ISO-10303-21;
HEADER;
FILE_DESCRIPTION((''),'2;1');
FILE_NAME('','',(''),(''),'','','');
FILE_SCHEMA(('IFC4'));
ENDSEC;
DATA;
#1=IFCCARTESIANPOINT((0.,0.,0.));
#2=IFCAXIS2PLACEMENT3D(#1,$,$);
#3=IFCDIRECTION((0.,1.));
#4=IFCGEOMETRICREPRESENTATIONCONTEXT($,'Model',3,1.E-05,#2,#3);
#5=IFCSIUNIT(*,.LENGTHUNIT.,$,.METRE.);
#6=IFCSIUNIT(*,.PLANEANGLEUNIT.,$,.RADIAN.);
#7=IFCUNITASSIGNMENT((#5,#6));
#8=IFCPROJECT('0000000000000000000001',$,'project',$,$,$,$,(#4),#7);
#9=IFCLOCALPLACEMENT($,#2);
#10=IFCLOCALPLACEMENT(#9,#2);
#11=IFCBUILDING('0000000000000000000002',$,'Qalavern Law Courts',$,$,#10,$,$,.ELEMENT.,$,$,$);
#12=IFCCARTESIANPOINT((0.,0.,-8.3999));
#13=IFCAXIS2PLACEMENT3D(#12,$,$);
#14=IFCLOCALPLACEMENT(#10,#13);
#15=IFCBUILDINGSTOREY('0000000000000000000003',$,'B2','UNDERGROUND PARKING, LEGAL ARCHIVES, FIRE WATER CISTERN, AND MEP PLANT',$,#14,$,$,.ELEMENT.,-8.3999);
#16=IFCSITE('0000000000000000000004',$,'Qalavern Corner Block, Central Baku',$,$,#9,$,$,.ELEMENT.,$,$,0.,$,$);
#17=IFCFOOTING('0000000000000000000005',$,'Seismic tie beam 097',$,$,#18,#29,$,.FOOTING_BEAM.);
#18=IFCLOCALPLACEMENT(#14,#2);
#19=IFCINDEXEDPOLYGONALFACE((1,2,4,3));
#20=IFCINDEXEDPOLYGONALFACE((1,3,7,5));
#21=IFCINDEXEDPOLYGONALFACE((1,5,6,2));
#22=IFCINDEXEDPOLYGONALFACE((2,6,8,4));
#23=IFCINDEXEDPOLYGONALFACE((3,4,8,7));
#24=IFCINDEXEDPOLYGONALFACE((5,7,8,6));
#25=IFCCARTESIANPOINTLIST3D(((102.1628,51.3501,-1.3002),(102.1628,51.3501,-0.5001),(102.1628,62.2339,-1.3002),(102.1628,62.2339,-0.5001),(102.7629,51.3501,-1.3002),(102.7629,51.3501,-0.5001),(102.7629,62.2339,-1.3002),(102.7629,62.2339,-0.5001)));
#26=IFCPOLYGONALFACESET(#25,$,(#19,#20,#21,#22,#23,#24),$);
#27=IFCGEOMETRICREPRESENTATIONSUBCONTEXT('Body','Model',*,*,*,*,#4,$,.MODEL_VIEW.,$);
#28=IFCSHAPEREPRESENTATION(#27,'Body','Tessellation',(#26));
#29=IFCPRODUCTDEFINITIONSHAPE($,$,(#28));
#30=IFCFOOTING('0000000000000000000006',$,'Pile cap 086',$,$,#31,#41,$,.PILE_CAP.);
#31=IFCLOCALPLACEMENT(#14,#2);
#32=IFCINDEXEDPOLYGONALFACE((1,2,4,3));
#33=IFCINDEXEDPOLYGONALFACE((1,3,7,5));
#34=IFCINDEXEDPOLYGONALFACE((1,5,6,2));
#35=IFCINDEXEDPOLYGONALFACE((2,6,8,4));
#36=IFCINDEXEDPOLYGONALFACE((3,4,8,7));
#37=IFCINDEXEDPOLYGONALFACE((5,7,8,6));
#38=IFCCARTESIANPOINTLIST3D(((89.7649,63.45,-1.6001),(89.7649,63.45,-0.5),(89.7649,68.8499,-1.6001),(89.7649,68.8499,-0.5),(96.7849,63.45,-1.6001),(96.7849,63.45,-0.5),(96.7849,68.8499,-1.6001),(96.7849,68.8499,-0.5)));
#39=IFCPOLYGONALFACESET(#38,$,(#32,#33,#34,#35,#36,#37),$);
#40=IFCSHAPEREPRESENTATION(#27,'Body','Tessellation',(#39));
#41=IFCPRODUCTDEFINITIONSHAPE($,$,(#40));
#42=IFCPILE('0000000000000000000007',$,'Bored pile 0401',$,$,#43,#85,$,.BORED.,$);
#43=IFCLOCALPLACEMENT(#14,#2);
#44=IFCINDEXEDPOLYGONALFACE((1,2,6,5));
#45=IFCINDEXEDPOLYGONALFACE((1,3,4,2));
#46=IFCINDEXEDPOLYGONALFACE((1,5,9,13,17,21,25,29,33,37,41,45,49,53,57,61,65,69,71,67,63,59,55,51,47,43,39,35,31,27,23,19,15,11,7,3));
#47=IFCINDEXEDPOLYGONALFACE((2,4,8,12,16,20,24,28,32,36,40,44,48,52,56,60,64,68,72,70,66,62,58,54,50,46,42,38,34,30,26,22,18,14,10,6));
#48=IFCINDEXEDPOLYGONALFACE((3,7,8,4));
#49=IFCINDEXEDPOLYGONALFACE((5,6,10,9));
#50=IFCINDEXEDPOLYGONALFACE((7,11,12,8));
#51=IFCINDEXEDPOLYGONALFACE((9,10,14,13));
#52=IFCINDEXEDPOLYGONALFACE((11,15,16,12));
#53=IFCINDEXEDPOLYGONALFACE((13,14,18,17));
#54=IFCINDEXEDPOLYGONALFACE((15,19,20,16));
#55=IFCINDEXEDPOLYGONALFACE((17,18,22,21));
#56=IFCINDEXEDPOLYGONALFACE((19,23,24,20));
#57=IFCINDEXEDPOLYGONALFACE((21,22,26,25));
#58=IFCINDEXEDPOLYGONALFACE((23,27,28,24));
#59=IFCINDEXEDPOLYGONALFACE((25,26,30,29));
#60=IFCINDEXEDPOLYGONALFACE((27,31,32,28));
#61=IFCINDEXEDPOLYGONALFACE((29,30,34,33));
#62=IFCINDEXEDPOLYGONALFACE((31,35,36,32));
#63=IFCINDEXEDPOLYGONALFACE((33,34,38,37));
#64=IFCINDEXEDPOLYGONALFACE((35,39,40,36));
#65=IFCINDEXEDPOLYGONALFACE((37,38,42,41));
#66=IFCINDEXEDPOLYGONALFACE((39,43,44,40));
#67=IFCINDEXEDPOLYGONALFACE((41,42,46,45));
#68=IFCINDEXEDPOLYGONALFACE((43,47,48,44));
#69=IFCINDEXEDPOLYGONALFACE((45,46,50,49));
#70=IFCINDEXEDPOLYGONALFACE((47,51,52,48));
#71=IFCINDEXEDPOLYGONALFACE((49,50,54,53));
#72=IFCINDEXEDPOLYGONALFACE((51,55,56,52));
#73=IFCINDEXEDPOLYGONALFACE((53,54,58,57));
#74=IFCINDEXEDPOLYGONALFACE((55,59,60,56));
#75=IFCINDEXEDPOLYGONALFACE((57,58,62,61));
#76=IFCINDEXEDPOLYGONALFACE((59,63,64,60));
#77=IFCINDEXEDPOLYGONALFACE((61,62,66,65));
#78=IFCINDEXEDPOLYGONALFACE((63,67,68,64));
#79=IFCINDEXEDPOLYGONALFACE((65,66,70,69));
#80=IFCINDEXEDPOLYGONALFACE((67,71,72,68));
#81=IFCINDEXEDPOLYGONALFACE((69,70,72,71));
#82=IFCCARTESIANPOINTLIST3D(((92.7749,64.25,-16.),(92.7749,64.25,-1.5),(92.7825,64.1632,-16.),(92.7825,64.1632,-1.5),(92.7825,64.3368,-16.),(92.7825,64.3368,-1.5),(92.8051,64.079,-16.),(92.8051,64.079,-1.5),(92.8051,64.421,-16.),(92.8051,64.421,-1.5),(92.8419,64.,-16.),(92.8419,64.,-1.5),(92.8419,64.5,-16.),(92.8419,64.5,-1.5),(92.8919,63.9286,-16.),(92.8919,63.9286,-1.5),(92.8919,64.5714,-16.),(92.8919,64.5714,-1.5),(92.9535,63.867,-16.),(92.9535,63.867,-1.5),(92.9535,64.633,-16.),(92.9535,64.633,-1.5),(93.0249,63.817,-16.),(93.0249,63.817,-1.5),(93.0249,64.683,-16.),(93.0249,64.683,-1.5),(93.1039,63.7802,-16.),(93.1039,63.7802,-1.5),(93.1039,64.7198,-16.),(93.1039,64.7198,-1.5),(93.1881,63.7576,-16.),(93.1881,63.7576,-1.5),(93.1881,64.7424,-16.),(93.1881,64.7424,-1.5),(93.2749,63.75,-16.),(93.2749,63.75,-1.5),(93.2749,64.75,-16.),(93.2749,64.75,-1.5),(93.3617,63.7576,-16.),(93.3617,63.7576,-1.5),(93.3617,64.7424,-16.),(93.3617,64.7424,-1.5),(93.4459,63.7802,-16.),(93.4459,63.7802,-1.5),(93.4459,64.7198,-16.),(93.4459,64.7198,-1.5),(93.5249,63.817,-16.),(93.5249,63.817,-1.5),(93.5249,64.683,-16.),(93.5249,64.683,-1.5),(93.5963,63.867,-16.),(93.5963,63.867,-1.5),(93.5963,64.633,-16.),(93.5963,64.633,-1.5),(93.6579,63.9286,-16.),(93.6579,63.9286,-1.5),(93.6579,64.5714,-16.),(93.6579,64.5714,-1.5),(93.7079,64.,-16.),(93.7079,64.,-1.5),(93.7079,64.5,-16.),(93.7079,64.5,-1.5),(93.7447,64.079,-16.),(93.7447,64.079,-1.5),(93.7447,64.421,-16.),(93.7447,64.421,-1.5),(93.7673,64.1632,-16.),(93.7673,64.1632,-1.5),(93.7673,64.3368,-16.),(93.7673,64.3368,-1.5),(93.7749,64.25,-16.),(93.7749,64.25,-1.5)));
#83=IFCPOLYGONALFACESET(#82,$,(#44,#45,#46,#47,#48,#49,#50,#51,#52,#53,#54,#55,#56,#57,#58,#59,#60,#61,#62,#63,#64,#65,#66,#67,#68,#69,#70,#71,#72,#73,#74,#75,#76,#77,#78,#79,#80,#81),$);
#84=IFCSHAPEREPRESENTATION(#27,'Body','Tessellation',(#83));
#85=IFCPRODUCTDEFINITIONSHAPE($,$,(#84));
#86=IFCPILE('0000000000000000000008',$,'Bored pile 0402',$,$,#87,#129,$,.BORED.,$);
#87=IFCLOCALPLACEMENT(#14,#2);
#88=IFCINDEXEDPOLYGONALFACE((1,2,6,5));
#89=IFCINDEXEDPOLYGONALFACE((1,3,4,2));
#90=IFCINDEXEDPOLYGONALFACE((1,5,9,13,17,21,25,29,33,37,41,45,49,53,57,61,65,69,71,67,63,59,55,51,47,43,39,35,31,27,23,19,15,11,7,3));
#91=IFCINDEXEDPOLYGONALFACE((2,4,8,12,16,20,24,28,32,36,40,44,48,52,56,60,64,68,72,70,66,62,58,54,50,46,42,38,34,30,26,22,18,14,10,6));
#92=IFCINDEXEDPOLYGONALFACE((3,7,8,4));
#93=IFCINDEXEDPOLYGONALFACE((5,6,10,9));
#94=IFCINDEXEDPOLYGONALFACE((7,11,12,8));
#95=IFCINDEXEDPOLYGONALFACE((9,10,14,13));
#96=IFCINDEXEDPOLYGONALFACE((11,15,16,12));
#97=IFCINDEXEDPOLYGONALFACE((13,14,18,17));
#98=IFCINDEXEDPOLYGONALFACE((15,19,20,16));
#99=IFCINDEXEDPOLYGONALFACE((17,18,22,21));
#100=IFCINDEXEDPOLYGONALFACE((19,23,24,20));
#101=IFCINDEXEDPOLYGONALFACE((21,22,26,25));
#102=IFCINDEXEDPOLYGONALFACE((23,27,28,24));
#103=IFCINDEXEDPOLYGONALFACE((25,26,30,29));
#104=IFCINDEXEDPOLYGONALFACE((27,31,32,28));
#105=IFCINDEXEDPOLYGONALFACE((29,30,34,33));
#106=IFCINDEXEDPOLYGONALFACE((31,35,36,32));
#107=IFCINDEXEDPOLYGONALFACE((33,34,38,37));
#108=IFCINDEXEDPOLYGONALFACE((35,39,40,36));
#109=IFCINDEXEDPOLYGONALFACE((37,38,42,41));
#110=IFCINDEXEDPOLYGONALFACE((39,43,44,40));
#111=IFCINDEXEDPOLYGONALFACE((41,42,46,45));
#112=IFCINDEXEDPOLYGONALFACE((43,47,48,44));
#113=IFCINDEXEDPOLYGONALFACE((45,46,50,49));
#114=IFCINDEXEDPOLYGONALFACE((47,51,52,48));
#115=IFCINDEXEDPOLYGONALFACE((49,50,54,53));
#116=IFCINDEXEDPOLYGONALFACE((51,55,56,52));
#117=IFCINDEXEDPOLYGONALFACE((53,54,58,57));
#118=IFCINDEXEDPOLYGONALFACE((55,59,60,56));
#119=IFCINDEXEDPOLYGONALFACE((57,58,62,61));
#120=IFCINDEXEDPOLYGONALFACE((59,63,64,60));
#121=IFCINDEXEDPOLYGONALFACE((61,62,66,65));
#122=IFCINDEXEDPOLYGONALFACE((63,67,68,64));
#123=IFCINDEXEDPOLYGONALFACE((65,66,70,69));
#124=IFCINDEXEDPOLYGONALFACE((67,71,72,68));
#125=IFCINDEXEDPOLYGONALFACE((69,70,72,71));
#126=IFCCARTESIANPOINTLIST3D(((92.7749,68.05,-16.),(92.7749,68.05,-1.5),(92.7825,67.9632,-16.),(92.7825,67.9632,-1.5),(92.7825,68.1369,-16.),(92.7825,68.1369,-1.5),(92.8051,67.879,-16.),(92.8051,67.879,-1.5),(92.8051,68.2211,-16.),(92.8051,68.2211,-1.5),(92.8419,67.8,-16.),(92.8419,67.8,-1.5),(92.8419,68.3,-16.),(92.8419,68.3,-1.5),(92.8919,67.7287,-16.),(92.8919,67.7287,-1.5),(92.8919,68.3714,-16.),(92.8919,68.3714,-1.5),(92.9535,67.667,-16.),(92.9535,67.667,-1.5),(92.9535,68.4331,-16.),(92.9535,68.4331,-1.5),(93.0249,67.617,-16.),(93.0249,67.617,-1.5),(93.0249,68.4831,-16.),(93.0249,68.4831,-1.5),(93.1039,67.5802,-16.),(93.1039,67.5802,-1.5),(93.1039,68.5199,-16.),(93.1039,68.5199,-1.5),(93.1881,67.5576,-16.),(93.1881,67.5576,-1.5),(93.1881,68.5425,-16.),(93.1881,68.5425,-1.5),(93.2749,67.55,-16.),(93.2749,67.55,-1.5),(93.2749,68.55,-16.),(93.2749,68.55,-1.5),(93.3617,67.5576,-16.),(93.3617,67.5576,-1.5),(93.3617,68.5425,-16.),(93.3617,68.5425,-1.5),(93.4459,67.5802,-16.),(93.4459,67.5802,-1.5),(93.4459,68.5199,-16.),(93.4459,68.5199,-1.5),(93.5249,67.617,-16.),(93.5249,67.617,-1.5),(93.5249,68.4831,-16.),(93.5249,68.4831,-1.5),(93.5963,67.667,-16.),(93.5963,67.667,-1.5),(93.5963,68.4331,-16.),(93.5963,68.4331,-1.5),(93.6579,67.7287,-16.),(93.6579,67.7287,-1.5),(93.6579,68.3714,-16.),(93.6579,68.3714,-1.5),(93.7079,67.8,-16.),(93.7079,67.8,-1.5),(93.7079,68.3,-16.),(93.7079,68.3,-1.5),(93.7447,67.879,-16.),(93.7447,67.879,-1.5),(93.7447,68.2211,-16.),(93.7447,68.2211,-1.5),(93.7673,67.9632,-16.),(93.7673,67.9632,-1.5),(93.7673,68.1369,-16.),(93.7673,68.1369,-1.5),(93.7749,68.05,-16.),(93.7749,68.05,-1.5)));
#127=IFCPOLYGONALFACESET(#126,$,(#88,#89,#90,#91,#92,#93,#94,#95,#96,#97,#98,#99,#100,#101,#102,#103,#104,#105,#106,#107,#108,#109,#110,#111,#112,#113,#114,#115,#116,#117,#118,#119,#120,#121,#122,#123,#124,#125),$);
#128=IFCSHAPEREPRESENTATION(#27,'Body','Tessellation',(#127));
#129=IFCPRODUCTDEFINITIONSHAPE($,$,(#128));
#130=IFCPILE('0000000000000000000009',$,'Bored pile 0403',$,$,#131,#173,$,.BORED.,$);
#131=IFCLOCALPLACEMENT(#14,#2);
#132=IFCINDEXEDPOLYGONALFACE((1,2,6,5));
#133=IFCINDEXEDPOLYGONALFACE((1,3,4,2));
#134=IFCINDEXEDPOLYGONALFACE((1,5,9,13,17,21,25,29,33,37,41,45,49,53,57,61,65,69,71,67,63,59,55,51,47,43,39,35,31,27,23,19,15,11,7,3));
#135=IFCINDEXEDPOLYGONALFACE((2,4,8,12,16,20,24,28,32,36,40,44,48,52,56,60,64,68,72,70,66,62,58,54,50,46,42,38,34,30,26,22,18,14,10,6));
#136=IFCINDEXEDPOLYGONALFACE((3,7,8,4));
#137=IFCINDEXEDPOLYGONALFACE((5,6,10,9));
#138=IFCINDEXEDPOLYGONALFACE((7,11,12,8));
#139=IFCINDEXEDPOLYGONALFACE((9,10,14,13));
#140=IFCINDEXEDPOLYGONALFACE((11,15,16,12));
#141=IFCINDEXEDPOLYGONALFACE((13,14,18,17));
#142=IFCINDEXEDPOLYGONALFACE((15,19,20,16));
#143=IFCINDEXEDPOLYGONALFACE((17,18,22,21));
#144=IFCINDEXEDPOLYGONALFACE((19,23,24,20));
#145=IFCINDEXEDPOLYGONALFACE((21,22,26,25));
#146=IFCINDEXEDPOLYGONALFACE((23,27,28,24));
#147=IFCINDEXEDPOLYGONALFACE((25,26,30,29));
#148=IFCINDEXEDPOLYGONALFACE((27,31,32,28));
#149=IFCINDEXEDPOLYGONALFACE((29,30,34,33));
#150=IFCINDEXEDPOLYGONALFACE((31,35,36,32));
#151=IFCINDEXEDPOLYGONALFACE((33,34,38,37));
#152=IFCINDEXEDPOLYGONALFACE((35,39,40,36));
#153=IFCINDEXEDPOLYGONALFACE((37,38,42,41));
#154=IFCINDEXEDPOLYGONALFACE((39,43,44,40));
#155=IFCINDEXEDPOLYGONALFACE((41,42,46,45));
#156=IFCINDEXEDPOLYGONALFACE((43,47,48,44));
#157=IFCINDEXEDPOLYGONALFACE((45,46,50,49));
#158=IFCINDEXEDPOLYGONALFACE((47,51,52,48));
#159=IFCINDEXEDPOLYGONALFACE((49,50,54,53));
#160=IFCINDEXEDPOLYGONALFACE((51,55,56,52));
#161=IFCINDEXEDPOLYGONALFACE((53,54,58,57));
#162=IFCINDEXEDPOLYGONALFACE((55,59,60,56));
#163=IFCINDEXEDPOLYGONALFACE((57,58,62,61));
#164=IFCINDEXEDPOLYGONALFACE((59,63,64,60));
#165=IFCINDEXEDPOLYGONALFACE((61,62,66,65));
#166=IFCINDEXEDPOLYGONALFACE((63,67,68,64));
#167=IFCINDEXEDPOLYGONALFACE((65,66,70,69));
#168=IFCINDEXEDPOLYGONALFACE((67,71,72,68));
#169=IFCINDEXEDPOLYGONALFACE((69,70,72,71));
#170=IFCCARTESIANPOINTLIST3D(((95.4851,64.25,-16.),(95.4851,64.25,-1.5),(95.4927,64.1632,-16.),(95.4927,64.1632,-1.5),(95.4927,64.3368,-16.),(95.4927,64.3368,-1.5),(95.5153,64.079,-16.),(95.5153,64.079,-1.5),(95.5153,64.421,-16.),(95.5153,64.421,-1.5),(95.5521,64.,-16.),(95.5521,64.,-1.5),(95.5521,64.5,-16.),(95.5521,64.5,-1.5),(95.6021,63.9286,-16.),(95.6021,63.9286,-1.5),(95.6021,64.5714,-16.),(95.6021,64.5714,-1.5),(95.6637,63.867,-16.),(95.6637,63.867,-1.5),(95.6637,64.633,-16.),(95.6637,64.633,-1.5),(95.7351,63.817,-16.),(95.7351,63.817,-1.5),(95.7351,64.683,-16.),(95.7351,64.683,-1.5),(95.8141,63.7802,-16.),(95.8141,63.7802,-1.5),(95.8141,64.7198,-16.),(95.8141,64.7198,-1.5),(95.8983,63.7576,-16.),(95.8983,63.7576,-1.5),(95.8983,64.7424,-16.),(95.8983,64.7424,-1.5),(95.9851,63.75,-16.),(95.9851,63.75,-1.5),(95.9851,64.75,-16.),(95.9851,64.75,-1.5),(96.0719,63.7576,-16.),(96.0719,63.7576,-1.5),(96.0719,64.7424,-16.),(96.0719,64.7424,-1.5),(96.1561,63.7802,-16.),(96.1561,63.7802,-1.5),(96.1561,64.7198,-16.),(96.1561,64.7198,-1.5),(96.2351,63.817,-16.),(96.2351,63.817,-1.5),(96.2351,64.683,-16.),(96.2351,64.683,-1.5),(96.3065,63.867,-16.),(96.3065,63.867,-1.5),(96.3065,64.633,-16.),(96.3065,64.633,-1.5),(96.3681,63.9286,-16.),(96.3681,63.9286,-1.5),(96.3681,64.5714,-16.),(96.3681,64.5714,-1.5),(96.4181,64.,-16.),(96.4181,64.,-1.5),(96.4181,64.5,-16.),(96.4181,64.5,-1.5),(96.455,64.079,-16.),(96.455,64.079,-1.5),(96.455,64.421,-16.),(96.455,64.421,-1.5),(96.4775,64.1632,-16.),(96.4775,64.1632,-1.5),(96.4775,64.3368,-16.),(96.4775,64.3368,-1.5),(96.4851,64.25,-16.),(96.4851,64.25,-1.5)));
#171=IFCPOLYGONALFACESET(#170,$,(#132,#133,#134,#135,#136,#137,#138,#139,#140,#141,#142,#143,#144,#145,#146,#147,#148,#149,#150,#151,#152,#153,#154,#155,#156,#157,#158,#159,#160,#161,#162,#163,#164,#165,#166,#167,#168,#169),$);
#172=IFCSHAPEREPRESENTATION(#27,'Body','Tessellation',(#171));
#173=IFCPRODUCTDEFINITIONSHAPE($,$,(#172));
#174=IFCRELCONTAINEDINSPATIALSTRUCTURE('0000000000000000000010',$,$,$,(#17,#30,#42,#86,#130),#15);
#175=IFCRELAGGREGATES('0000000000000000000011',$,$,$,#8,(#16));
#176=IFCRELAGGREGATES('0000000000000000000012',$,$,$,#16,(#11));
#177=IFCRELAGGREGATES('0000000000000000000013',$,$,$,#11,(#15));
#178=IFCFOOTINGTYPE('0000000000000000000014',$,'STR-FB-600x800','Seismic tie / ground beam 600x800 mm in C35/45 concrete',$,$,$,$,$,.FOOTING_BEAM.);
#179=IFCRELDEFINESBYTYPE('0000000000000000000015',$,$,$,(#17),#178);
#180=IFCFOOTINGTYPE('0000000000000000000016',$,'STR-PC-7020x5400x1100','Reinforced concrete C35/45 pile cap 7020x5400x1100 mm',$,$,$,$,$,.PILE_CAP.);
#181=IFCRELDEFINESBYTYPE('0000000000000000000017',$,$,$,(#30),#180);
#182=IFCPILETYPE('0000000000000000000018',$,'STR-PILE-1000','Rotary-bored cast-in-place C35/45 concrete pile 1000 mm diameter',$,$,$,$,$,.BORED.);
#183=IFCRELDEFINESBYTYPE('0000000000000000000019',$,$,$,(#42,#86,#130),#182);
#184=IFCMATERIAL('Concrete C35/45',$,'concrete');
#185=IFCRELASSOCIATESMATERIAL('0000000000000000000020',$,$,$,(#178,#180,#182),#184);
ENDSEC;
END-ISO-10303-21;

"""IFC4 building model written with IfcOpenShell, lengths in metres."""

from ifc_helpers import new_model, si_unit, direction, frame, origin, origin_2d, place, context, subcontext, project, spatial, rectangle, circle, extrude, material, material_profile, profile_set, type_object, element, save


model = new_model("IFC4")

# Units and contexts
model_context = context("Model", 3, precision=1e-05, world=origin(), true_north=direction((0.0, 1.0)))
body_context = subcontext(model_context, "Body", "Model", "MODEL_VIEW")
ifc_project = project(units=[si_unit("LENGTHUNIT", "METRE"), si_unit("PLANEANGLEUNIT", "RADIAN")], contexts=[model_context])

# Site, building, storey
site_placement = place(None, origin())
site = spatial("IfcSite", under=ifc_project, at=site_placement, Name="Qalavern Corner Block, Central Baku", CompositionType="ELEMENT", RefElevation=0.0)
building_placement = place(site_placement, origin())
building = spatial("IfcBuilding", under=site, at=building_placement, Name="Qalavern Law Courts", CompositionType="ELEMENT")
storey_placement = place(building_placement, frame((0.0, 0.0, -8.3999)))
storey = spatial("IfcBuildingStorey", under=building, at=storey_placement, Name="B2", Description="UNDERGROUND PARKING, LEGAL ARCHIVES, FIRE WATER CISTERN, AND MEP PLANT", CompositionType="ELEMENT", Elevation=-8.3999)

# Footings
ifc_material_1 = material(Name="Concrete C35/45", Category="concrete")
ifc_material_profile_1 = material_profile(ifc_material_1, rectangle(XDim=0.6001, YDim=0.8, at=origin_2d()), Name="RC 600x800")
ifc_profile_set_1 = profile_set([ifc_material_profile_1], Name="Concrete C35/45")
footing_type_1 = type_object("IfcFootingType", Name="STR-FB-600x800", Description="Seismic tie / ground beam 600x800 mm in C35/45 concrete", PredefinedType="FOOTING_BEAM", material=ifc_profile_set_1)
footing_1_placement = place(storey_placement, frame((102.4629, 51.3501, -0.9001), z_axis=(0.0, 1.0, 0.0), x_axis=(-1.0, 0.0, 0.0)))
element("IfcFooting", 1, at=footing_1_placement, inside=storey, type_object=footing_type_1, Name="Seismic tie beam 097", PredefinedType="FOOTING_BEAM", context=body_context, shape_type="SweptSolid", body=[
    extrude(rectangle(XDim=0.6001, YDim=0.8, at=origin_2d()), origin(), (0.0, 0.0, 1.0), 10.8838),
])
footing_type_2 = type_object("IfcFootingType", Name="STR-PC-7020x5400x1100", Description="Reinforced concrete C35/45 pile cap 7020x5400x1100 mm", PredefinedType="PILE_CAP", material=ifc_material_1)
footing_2_placement = place(storey_placement, frame((93.2749, 66.1499, -1.6001), z_axis=(0.0, 0.0, 1.0), x_axis=(1.0, 0.0, 0.0)))
element("IfcFooting", 2, at=footing_2_placement, inside=storey, type_object=footing_type_2, Name="Pile cap 086", PredefinedType="PILE_CAP", context=body_context, shape_type="SweptSolid", body=[
    extrude(rectangle(XDim=7.02, YDim=5.3999, at=origin_2d()), origin(), (0.0, 0.0, 1.0), 1.1001),
])

# Piles
ifc_material_profile_2 = material_profile(ifc_material_1, circle(Radius=0.5, at=origin_2d()), Name="BORED PILE 1000")
ifc_profile_set_2 = profile_set([ifc_material_profile_2], Name="Concrete C35/45")
pile_type_1 = type_object("IfcPileType", Name="STR-PILE-1000", Description="Rotary-bored cast-in-place C35/45 concrete pile 1000 mm diameter", PredefinedType="BORED", material=ifc_profile_set_2)
for number, where, z_axis, x_axis, name in (
    (3, (93.2749, 64.25, -1.5), (0.0, 0.0, -1.0), (1.0, 0.0, 0.0), "Bored pile 0401"),
    (4, (93.2749, 68.05, -1.5), (0.0, 0.0, -1.0), (1.0, 0.0, 0.0), "Bored pile 0402"),
    (5, (95.9851, 64.25, -1.5), (0.0, 0.0, -1.0), (1.0, 0.0, 0.0), "Bored pile 0403"),
):
    element("IfcPile", number, at=place(storey_placement, frame(where, z_axis=z_axis, x_axis=x_axis)), inside=storey, type_object=pile_type_1, Name=name, PredefinedType="BORED", context=body_context, shape_type="SweptSolid", body=[
        extrude(circle(Radius=0.5, at=origin_2d()), origin(), (0.0, 0.0, 1.0), 14.5),
    ])

save(model, "model.ifc")
